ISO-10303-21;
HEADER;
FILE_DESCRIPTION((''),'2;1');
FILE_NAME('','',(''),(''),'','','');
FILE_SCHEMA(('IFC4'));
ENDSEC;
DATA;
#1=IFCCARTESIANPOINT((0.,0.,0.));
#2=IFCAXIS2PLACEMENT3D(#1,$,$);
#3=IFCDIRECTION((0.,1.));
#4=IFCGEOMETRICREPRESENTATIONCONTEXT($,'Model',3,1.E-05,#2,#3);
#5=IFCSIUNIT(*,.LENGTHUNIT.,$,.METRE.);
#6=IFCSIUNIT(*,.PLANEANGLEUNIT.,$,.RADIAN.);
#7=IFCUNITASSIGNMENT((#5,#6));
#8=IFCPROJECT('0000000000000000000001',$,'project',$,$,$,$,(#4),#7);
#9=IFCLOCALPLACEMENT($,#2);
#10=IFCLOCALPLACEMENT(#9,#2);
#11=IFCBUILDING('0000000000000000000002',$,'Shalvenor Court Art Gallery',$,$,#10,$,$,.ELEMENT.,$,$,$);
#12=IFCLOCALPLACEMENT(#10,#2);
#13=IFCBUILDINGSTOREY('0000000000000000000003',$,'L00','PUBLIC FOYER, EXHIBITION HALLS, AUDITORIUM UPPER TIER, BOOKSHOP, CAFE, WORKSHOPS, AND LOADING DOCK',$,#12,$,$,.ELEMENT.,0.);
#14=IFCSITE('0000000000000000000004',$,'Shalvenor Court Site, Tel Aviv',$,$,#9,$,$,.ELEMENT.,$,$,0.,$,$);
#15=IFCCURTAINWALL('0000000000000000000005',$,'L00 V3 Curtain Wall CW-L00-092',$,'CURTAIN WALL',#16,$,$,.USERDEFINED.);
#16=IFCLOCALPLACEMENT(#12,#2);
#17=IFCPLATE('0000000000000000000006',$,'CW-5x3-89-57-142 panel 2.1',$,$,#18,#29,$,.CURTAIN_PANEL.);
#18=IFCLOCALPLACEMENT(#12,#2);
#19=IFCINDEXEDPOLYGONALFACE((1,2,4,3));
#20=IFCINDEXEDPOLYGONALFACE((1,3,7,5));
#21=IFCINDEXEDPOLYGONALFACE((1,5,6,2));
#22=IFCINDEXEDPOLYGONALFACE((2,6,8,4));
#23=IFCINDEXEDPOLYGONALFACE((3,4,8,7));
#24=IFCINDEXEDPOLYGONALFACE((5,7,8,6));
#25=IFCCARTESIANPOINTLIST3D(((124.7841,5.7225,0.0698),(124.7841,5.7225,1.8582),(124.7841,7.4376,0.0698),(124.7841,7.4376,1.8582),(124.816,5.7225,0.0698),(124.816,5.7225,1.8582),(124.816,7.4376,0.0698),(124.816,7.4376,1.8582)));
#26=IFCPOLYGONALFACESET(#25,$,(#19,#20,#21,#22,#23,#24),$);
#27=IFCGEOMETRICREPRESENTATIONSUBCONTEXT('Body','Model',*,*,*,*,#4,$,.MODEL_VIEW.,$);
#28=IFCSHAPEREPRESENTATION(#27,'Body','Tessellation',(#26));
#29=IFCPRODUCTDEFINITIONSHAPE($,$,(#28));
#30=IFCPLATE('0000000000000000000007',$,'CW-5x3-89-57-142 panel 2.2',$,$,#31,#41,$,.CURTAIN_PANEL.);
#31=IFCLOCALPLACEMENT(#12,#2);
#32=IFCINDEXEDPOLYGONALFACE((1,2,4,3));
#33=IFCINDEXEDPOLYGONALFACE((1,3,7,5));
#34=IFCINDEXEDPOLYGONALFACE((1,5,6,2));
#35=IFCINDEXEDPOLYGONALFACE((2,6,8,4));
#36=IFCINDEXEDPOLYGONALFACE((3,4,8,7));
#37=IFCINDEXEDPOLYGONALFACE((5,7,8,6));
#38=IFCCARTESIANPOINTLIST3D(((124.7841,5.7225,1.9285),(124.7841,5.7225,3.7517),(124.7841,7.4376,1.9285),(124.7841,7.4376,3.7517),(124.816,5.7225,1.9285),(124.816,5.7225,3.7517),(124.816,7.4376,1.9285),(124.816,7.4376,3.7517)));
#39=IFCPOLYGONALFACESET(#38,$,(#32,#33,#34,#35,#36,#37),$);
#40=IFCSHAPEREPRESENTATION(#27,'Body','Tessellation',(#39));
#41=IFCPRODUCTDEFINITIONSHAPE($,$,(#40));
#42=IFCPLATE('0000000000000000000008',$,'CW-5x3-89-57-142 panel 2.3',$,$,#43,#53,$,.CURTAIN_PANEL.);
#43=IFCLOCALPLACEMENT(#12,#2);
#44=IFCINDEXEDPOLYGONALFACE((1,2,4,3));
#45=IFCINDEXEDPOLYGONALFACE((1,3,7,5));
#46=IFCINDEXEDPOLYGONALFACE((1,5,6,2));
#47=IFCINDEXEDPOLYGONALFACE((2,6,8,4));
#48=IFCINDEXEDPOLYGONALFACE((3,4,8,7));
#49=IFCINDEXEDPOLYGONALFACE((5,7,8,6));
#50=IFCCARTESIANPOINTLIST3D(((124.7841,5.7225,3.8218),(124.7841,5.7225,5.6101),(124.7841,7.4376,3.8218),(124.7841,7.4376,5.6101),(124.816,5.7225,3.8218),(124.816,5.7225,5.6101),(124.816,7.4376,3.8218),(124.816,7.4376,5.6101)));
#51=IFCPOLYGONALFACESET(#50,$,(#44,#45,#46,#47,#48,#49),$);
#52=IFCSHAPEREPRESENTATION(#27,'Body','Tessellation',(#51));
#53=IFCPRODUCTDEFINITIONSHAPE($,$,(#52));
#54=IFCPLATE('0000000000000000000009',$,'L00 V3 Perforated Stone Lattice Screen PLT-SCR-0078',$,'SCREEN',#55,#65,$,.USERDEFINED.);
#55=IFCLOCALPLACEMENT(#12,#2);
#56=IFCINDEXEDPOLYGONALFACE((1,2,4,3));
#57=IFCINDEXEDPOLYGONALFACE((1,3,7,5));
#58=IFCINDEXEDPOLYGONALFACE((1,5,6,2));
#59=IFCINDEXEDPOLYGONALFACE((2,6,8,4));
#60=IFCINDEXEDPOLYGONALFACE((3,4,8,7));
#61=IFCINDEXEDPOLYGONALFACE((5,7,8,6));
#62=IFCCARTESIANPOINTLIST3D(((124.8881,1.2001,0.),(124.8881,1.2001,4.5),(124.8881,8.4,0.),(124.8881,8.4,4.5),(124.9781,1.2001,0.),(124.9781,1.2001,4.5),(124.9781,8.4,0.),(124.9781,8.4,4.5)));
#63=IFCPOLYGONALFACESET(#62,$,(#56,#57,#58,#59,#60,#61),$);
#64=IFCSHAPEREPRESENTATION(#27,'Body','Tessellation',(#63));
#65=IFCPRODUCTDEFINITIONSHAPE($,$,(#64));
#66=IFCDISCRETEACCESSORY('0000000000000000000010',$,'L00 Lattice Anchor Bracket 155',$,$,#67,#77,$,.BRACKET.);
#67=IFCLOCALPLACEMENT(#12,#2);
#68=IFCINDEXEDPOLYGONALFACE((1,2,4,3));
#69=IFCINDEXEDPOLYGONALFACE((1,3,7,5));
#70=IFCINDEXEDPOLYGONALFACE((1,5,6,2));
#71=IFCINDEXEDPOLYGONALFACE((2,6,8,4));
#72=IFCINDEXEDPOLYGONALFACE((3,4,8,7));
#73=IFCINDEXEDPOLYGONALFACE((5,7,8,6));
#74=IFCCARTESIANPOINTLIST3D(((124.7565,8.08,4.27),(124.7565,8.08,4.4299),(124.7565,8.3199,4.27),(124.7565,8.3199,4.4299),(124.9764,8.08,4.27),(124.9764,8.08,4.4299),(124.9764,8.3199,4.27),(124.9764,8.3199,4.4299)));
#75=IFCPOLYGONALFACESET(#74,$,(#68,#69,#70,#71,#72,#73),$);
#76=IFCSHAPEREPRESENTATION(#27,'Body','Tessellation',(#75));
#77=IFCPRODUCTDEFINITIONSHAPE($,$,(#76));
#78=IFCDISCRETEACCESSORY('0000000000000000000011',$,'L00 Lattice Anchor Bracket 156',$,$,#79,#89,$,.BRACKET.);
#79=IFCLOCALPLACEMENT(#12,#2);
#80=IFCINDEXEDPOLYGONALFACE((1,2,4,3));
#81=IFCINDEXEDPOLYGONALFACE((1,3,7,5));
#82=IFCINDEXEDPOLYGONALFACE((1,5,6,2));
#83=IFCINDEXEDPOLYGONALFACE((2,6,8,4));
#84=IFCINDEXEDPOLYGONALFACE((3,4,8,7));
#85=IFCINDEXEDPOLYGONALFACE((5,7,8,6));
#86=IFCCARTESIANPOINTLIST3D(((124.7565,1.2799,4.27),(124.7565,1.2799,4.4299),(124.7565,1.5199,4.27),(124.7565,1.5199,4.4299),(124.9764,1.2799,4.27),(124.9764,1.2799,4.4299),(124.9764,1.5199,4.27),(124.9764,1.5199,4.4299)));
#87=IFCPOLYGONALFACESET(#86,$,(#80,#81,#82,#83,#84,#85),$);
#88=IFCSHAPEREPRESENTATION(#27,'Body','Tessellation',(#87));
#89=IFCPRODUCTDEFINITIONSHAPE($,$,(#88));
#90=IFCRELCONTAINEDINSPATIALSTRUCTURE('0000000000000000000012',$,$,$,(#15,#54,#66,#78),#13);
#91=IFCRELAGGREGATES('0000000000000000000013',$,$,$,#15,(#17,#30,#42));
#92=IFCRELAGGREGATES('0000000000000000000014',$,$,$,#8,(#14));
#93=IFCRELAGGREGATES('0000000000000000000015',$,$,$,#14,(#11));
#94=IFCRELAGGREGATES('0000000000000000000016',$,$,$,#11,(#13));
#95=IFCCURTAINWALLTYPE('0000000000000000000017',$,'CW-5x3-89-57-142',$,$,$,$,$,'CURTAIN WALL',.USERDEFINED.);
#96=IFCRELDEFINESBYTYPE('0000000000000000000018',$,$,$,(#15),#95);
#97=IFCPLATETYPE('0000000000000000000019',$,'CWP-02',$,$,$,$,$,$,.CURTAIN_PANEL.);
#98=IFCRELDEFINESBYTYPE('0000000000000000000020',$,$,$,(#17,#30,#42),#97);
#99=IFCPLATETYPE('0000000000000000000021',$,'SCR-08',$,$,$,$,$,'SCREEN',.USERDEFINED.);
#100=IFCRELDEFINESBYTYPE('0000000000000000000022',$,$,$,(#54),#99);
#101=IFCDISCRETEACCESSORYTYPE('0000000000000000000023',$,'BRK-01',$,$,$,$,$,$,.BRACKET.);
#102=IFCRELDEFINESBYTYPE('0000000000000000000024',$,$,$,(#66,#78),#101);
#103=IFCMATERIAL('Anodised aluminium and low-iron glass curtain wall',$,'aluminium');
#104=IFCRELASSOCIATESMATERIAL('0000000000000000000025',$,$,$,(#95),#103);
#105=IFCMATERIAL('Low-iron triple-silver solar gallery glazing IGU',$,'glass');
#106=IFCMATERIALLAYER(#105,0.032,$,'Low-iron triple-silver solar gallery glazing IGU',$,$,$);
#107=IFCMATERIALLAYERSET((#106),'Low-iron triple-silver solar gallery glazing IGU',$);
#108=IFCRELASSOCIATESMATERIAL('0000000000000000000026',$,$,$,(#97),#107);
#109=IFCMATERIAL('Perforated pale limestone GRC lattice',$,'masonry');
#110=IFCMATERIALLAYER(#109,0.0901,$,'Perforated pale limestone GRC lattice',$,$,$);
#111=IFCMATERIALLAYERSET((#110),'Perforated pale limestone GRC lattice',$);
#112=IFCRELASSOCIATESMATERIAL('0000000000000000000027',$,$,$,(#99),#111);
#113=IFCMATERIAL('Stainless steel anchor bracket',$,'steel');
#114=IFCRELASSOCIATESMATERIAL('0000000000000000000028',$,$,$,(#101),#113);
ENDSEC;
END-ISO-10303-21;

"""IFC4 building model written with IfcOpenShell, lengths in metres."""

from ifc_helpers import new_model, si_unit, direction, frame, origin, origin_2d, place, context, subcontext, project, spatial, rectangle, extrude, material, layer, layer_set, type_object, element, aggregate, save


model = new_model("IFC4")

# Units and contexts
model_context = context("Model", 3, precision=1e-05, world=origin(), true_north=direction((0.0, 1.0)))
body_context = subcontext(model_context, "Body", "Model", "MODEL_VIEW")
ifc_project = project(units=[si_unit("LENGTHUNIT", "METRE"), si_unit("PLANEANGLEUNIT", "RADIAN")], contexts=[model_context])

# Site, building, storey
site_placement = place(None, origin())
site = spatial("IfcSite", under=ifc_project, at=site_placement, Name="Shalvenor Court Site, Tel Aviv", CompositionType="ELEMENT", RefElevation=0.0)
building_placement = place(site_placement, origin())
building = spatial("IfcBuilding", under=site, at=building_placement, Name="Shalvenor Court Art Gallery", CompositionType="ELEMENT")
storey_placement = place(building_placement, origin())
storey = spatial("IfcBuildingStorey", under=building, at=storey_placement, Name="L00", Description="PUBLIC FOYER, EXHIBITION HALLS, AUDITORIUM UPPER TIER, BOOKSHOP, CAFE, WORKSHOPS, AND LOADING DOCK", CompositionType="ELEMENT", Elevation=0.0)

# Curtain wall
ifc_material_1 = material(Name="Anodised aluminium and low-iron glass curtain wall", Category="aluminium")
curtain_wall_type_1 = type_object("IfcCurtainWallType", Name="CW-5x3-89-57-142", ElementType="CURTAIN WALL", PredefinedType="USERDEFINED", material=ifc_material_1)
curtain_wall_1_placement = place(storey_placement, origin())
curtain_wall_1 = element("IfcCurtainWall", 1, at=curtain_wall_1_placement, inside=storey, type_object=curtain_wall_type_1, Name="L00 V3 Curtain Wall CW-L00-092", ObjectType="CURTAIN WALL", PredefinedType="USERDEFINED")

# Plates
ifc_material_2 = material(Name="Low-iron triple-silver solar gallery glazing IGU", Category="glass")
ifc_layer_1 = layer(ifc_material_2, 0.032, Name="Low-iron triple-silver solar gallery glazing IGU")
ifc_layer_set_1 = layer_set([ifc_layer_1], Name="Low-iron triple-silver solar gallery glazing IGU")
plate_type_1 = type_object("IfcPlateType", Name="CWP-02", PredefinedType="CURTAIN_PANEL", material=ifc_layer_set_1)
plate_1_placement = place(storey_placement, frame((124.8, 6.5801, 0.0698), z_axis=(0.0, 0.0, 1.0), x_axis=(0.0, -1.0, 0.0)))
plate_1 = element("IfcPlate", 2, at=plate_1_placement, type_object=plate_type_1, Name="CW-5x3-89-57-142 panel 2.1", PredefinedType="CURTAIN_PANEL", context=body_context, shape_type="SweptSolid", body=[
    extrude(rectangle(XDim=1.7151, YDim=0.032, at=origin_2d()), origin(), (0.0, 0.0, 1.0), 1.7883),
])
plate_2_placement = place(storey_placement, frame((124.8, 6.5801, 1.9285), z_axis=(0.0, 0.0, 1.0), x_axis=(0.0, -1.0, 0.0)))
plate_2 = element("IfcPlate", 3, at=plate_2_placement, type_object=plate_type_1, Name="CW-5x3-89-57-142 panel 2.2", PredefinedType="CURTAIN_PANEL", context=body_context, shape_type="SweptSolid", body=[
    extrude(rectangle(XDim=1.7151, YDim=0.032, at=origin_2d()), origin(), (0.0, 0.0, 1.0), 1.8232),
])
plate_3_placement = place(storey_placement, frame((124.8, 6.5801, 3.8218), z_axis=(0.0, 0.0, 1.0), x_axis=(0.0, -1.0, 0.0)))
plate_3 = element("IfcPlate", 4, at=plate_3_placement, type_object=plate_type_1, Name="CW-5x3-89-57-142 panel 2.3", PredefinedType="CURTAIN_PANEL", context=body_context, shape_type="SweptSolid", body=[
    extrude(rectangle(XDim=1.7151, YDim=0.032, at=origin_2d()), origin(), (0.0, 0.0, 1.0), 1.7883),
])
aggregate(curtain_wall_1, [plate_1, plate_2, plate_3])
ifc_material_3 = material(Name="Perforated pale limestone GRC lattice", Category="masonry")
ifc_layer_2 = layer(ifc_material_3, 0.0901, Name="Perforated pale limestone GRC lattice")
ifc_layer_set_2 = layer_set([ifc_layer_2], Name="Perforated pale limestone GRC lattice")
plate_type_2 = type_object("IfcPlateType", Name="SCR-08", ElementType="SCREEN", PredefinedType="USERDEFINED", material=ifc_layer_set_2)
plate_4_placement = place(storey_placement, frame((124.9331, 4.8, 0.0), z_axis=(0.0, 0.0, 1.0), x_axis=(0.0, -1.0, 0.0)))
element("IfcPlate", 5, at=plate_4_placement, inside=storey, type_object=plate_type_2, Name="L00 V3 Perforated Stone Lattice Screen PLT-SCR-0078", ObjectType="SCREEN", PredefinedType="USERDEFINED", context=body_context, shape_type="SweptSolid", body=[
    extrude(rectangle(XDim=7.2, YDim=0.0901, at=origin_2d()), origin(), (0.0, 0.0, 1.0), 4.5),
])

# Discrete accessories
ifc_material_4 = material(Name="Stainless steel anchor bracket", Category="steel")
discrete_accessory_type = type_object("IfcDiscreteAccessoryType", Name="BRK-01", PredefinedType="BRACKET", material=ifc_material_4)
for number, where, z_axis, x_axis, name in (
    (6, (124.8665, 8.2, 4.27), (0.0, 0.0, 1.0), (0.0, -1.0, 0.0), "L00 Lattice Anchor Bracket 155"),
    (7, (124.8665, 1.3999, 4.27), (0.0, 0.0, 1.0), (0.0, -1.0, 0.0), "L00 Lattice Anchor Bracket 156"),
):
    element("IfcDiscreteAccessory", number, at=place(storey_placement, frame(where, z_axis=z_axis, x_axis=x_axis)), inside=storey, type_object=discrete_accessory_type, Name=name, PredefinedType="BRACKET", context=body_context, shape_type="SweptSolid", body=[
        extrude(rectangle(XDim=0.24, YDim=0.22, at=origin_2d()), origin(), (0.0, 0.0, 1.0), 0.1599),
    ])

save(model, "model.ifc")
